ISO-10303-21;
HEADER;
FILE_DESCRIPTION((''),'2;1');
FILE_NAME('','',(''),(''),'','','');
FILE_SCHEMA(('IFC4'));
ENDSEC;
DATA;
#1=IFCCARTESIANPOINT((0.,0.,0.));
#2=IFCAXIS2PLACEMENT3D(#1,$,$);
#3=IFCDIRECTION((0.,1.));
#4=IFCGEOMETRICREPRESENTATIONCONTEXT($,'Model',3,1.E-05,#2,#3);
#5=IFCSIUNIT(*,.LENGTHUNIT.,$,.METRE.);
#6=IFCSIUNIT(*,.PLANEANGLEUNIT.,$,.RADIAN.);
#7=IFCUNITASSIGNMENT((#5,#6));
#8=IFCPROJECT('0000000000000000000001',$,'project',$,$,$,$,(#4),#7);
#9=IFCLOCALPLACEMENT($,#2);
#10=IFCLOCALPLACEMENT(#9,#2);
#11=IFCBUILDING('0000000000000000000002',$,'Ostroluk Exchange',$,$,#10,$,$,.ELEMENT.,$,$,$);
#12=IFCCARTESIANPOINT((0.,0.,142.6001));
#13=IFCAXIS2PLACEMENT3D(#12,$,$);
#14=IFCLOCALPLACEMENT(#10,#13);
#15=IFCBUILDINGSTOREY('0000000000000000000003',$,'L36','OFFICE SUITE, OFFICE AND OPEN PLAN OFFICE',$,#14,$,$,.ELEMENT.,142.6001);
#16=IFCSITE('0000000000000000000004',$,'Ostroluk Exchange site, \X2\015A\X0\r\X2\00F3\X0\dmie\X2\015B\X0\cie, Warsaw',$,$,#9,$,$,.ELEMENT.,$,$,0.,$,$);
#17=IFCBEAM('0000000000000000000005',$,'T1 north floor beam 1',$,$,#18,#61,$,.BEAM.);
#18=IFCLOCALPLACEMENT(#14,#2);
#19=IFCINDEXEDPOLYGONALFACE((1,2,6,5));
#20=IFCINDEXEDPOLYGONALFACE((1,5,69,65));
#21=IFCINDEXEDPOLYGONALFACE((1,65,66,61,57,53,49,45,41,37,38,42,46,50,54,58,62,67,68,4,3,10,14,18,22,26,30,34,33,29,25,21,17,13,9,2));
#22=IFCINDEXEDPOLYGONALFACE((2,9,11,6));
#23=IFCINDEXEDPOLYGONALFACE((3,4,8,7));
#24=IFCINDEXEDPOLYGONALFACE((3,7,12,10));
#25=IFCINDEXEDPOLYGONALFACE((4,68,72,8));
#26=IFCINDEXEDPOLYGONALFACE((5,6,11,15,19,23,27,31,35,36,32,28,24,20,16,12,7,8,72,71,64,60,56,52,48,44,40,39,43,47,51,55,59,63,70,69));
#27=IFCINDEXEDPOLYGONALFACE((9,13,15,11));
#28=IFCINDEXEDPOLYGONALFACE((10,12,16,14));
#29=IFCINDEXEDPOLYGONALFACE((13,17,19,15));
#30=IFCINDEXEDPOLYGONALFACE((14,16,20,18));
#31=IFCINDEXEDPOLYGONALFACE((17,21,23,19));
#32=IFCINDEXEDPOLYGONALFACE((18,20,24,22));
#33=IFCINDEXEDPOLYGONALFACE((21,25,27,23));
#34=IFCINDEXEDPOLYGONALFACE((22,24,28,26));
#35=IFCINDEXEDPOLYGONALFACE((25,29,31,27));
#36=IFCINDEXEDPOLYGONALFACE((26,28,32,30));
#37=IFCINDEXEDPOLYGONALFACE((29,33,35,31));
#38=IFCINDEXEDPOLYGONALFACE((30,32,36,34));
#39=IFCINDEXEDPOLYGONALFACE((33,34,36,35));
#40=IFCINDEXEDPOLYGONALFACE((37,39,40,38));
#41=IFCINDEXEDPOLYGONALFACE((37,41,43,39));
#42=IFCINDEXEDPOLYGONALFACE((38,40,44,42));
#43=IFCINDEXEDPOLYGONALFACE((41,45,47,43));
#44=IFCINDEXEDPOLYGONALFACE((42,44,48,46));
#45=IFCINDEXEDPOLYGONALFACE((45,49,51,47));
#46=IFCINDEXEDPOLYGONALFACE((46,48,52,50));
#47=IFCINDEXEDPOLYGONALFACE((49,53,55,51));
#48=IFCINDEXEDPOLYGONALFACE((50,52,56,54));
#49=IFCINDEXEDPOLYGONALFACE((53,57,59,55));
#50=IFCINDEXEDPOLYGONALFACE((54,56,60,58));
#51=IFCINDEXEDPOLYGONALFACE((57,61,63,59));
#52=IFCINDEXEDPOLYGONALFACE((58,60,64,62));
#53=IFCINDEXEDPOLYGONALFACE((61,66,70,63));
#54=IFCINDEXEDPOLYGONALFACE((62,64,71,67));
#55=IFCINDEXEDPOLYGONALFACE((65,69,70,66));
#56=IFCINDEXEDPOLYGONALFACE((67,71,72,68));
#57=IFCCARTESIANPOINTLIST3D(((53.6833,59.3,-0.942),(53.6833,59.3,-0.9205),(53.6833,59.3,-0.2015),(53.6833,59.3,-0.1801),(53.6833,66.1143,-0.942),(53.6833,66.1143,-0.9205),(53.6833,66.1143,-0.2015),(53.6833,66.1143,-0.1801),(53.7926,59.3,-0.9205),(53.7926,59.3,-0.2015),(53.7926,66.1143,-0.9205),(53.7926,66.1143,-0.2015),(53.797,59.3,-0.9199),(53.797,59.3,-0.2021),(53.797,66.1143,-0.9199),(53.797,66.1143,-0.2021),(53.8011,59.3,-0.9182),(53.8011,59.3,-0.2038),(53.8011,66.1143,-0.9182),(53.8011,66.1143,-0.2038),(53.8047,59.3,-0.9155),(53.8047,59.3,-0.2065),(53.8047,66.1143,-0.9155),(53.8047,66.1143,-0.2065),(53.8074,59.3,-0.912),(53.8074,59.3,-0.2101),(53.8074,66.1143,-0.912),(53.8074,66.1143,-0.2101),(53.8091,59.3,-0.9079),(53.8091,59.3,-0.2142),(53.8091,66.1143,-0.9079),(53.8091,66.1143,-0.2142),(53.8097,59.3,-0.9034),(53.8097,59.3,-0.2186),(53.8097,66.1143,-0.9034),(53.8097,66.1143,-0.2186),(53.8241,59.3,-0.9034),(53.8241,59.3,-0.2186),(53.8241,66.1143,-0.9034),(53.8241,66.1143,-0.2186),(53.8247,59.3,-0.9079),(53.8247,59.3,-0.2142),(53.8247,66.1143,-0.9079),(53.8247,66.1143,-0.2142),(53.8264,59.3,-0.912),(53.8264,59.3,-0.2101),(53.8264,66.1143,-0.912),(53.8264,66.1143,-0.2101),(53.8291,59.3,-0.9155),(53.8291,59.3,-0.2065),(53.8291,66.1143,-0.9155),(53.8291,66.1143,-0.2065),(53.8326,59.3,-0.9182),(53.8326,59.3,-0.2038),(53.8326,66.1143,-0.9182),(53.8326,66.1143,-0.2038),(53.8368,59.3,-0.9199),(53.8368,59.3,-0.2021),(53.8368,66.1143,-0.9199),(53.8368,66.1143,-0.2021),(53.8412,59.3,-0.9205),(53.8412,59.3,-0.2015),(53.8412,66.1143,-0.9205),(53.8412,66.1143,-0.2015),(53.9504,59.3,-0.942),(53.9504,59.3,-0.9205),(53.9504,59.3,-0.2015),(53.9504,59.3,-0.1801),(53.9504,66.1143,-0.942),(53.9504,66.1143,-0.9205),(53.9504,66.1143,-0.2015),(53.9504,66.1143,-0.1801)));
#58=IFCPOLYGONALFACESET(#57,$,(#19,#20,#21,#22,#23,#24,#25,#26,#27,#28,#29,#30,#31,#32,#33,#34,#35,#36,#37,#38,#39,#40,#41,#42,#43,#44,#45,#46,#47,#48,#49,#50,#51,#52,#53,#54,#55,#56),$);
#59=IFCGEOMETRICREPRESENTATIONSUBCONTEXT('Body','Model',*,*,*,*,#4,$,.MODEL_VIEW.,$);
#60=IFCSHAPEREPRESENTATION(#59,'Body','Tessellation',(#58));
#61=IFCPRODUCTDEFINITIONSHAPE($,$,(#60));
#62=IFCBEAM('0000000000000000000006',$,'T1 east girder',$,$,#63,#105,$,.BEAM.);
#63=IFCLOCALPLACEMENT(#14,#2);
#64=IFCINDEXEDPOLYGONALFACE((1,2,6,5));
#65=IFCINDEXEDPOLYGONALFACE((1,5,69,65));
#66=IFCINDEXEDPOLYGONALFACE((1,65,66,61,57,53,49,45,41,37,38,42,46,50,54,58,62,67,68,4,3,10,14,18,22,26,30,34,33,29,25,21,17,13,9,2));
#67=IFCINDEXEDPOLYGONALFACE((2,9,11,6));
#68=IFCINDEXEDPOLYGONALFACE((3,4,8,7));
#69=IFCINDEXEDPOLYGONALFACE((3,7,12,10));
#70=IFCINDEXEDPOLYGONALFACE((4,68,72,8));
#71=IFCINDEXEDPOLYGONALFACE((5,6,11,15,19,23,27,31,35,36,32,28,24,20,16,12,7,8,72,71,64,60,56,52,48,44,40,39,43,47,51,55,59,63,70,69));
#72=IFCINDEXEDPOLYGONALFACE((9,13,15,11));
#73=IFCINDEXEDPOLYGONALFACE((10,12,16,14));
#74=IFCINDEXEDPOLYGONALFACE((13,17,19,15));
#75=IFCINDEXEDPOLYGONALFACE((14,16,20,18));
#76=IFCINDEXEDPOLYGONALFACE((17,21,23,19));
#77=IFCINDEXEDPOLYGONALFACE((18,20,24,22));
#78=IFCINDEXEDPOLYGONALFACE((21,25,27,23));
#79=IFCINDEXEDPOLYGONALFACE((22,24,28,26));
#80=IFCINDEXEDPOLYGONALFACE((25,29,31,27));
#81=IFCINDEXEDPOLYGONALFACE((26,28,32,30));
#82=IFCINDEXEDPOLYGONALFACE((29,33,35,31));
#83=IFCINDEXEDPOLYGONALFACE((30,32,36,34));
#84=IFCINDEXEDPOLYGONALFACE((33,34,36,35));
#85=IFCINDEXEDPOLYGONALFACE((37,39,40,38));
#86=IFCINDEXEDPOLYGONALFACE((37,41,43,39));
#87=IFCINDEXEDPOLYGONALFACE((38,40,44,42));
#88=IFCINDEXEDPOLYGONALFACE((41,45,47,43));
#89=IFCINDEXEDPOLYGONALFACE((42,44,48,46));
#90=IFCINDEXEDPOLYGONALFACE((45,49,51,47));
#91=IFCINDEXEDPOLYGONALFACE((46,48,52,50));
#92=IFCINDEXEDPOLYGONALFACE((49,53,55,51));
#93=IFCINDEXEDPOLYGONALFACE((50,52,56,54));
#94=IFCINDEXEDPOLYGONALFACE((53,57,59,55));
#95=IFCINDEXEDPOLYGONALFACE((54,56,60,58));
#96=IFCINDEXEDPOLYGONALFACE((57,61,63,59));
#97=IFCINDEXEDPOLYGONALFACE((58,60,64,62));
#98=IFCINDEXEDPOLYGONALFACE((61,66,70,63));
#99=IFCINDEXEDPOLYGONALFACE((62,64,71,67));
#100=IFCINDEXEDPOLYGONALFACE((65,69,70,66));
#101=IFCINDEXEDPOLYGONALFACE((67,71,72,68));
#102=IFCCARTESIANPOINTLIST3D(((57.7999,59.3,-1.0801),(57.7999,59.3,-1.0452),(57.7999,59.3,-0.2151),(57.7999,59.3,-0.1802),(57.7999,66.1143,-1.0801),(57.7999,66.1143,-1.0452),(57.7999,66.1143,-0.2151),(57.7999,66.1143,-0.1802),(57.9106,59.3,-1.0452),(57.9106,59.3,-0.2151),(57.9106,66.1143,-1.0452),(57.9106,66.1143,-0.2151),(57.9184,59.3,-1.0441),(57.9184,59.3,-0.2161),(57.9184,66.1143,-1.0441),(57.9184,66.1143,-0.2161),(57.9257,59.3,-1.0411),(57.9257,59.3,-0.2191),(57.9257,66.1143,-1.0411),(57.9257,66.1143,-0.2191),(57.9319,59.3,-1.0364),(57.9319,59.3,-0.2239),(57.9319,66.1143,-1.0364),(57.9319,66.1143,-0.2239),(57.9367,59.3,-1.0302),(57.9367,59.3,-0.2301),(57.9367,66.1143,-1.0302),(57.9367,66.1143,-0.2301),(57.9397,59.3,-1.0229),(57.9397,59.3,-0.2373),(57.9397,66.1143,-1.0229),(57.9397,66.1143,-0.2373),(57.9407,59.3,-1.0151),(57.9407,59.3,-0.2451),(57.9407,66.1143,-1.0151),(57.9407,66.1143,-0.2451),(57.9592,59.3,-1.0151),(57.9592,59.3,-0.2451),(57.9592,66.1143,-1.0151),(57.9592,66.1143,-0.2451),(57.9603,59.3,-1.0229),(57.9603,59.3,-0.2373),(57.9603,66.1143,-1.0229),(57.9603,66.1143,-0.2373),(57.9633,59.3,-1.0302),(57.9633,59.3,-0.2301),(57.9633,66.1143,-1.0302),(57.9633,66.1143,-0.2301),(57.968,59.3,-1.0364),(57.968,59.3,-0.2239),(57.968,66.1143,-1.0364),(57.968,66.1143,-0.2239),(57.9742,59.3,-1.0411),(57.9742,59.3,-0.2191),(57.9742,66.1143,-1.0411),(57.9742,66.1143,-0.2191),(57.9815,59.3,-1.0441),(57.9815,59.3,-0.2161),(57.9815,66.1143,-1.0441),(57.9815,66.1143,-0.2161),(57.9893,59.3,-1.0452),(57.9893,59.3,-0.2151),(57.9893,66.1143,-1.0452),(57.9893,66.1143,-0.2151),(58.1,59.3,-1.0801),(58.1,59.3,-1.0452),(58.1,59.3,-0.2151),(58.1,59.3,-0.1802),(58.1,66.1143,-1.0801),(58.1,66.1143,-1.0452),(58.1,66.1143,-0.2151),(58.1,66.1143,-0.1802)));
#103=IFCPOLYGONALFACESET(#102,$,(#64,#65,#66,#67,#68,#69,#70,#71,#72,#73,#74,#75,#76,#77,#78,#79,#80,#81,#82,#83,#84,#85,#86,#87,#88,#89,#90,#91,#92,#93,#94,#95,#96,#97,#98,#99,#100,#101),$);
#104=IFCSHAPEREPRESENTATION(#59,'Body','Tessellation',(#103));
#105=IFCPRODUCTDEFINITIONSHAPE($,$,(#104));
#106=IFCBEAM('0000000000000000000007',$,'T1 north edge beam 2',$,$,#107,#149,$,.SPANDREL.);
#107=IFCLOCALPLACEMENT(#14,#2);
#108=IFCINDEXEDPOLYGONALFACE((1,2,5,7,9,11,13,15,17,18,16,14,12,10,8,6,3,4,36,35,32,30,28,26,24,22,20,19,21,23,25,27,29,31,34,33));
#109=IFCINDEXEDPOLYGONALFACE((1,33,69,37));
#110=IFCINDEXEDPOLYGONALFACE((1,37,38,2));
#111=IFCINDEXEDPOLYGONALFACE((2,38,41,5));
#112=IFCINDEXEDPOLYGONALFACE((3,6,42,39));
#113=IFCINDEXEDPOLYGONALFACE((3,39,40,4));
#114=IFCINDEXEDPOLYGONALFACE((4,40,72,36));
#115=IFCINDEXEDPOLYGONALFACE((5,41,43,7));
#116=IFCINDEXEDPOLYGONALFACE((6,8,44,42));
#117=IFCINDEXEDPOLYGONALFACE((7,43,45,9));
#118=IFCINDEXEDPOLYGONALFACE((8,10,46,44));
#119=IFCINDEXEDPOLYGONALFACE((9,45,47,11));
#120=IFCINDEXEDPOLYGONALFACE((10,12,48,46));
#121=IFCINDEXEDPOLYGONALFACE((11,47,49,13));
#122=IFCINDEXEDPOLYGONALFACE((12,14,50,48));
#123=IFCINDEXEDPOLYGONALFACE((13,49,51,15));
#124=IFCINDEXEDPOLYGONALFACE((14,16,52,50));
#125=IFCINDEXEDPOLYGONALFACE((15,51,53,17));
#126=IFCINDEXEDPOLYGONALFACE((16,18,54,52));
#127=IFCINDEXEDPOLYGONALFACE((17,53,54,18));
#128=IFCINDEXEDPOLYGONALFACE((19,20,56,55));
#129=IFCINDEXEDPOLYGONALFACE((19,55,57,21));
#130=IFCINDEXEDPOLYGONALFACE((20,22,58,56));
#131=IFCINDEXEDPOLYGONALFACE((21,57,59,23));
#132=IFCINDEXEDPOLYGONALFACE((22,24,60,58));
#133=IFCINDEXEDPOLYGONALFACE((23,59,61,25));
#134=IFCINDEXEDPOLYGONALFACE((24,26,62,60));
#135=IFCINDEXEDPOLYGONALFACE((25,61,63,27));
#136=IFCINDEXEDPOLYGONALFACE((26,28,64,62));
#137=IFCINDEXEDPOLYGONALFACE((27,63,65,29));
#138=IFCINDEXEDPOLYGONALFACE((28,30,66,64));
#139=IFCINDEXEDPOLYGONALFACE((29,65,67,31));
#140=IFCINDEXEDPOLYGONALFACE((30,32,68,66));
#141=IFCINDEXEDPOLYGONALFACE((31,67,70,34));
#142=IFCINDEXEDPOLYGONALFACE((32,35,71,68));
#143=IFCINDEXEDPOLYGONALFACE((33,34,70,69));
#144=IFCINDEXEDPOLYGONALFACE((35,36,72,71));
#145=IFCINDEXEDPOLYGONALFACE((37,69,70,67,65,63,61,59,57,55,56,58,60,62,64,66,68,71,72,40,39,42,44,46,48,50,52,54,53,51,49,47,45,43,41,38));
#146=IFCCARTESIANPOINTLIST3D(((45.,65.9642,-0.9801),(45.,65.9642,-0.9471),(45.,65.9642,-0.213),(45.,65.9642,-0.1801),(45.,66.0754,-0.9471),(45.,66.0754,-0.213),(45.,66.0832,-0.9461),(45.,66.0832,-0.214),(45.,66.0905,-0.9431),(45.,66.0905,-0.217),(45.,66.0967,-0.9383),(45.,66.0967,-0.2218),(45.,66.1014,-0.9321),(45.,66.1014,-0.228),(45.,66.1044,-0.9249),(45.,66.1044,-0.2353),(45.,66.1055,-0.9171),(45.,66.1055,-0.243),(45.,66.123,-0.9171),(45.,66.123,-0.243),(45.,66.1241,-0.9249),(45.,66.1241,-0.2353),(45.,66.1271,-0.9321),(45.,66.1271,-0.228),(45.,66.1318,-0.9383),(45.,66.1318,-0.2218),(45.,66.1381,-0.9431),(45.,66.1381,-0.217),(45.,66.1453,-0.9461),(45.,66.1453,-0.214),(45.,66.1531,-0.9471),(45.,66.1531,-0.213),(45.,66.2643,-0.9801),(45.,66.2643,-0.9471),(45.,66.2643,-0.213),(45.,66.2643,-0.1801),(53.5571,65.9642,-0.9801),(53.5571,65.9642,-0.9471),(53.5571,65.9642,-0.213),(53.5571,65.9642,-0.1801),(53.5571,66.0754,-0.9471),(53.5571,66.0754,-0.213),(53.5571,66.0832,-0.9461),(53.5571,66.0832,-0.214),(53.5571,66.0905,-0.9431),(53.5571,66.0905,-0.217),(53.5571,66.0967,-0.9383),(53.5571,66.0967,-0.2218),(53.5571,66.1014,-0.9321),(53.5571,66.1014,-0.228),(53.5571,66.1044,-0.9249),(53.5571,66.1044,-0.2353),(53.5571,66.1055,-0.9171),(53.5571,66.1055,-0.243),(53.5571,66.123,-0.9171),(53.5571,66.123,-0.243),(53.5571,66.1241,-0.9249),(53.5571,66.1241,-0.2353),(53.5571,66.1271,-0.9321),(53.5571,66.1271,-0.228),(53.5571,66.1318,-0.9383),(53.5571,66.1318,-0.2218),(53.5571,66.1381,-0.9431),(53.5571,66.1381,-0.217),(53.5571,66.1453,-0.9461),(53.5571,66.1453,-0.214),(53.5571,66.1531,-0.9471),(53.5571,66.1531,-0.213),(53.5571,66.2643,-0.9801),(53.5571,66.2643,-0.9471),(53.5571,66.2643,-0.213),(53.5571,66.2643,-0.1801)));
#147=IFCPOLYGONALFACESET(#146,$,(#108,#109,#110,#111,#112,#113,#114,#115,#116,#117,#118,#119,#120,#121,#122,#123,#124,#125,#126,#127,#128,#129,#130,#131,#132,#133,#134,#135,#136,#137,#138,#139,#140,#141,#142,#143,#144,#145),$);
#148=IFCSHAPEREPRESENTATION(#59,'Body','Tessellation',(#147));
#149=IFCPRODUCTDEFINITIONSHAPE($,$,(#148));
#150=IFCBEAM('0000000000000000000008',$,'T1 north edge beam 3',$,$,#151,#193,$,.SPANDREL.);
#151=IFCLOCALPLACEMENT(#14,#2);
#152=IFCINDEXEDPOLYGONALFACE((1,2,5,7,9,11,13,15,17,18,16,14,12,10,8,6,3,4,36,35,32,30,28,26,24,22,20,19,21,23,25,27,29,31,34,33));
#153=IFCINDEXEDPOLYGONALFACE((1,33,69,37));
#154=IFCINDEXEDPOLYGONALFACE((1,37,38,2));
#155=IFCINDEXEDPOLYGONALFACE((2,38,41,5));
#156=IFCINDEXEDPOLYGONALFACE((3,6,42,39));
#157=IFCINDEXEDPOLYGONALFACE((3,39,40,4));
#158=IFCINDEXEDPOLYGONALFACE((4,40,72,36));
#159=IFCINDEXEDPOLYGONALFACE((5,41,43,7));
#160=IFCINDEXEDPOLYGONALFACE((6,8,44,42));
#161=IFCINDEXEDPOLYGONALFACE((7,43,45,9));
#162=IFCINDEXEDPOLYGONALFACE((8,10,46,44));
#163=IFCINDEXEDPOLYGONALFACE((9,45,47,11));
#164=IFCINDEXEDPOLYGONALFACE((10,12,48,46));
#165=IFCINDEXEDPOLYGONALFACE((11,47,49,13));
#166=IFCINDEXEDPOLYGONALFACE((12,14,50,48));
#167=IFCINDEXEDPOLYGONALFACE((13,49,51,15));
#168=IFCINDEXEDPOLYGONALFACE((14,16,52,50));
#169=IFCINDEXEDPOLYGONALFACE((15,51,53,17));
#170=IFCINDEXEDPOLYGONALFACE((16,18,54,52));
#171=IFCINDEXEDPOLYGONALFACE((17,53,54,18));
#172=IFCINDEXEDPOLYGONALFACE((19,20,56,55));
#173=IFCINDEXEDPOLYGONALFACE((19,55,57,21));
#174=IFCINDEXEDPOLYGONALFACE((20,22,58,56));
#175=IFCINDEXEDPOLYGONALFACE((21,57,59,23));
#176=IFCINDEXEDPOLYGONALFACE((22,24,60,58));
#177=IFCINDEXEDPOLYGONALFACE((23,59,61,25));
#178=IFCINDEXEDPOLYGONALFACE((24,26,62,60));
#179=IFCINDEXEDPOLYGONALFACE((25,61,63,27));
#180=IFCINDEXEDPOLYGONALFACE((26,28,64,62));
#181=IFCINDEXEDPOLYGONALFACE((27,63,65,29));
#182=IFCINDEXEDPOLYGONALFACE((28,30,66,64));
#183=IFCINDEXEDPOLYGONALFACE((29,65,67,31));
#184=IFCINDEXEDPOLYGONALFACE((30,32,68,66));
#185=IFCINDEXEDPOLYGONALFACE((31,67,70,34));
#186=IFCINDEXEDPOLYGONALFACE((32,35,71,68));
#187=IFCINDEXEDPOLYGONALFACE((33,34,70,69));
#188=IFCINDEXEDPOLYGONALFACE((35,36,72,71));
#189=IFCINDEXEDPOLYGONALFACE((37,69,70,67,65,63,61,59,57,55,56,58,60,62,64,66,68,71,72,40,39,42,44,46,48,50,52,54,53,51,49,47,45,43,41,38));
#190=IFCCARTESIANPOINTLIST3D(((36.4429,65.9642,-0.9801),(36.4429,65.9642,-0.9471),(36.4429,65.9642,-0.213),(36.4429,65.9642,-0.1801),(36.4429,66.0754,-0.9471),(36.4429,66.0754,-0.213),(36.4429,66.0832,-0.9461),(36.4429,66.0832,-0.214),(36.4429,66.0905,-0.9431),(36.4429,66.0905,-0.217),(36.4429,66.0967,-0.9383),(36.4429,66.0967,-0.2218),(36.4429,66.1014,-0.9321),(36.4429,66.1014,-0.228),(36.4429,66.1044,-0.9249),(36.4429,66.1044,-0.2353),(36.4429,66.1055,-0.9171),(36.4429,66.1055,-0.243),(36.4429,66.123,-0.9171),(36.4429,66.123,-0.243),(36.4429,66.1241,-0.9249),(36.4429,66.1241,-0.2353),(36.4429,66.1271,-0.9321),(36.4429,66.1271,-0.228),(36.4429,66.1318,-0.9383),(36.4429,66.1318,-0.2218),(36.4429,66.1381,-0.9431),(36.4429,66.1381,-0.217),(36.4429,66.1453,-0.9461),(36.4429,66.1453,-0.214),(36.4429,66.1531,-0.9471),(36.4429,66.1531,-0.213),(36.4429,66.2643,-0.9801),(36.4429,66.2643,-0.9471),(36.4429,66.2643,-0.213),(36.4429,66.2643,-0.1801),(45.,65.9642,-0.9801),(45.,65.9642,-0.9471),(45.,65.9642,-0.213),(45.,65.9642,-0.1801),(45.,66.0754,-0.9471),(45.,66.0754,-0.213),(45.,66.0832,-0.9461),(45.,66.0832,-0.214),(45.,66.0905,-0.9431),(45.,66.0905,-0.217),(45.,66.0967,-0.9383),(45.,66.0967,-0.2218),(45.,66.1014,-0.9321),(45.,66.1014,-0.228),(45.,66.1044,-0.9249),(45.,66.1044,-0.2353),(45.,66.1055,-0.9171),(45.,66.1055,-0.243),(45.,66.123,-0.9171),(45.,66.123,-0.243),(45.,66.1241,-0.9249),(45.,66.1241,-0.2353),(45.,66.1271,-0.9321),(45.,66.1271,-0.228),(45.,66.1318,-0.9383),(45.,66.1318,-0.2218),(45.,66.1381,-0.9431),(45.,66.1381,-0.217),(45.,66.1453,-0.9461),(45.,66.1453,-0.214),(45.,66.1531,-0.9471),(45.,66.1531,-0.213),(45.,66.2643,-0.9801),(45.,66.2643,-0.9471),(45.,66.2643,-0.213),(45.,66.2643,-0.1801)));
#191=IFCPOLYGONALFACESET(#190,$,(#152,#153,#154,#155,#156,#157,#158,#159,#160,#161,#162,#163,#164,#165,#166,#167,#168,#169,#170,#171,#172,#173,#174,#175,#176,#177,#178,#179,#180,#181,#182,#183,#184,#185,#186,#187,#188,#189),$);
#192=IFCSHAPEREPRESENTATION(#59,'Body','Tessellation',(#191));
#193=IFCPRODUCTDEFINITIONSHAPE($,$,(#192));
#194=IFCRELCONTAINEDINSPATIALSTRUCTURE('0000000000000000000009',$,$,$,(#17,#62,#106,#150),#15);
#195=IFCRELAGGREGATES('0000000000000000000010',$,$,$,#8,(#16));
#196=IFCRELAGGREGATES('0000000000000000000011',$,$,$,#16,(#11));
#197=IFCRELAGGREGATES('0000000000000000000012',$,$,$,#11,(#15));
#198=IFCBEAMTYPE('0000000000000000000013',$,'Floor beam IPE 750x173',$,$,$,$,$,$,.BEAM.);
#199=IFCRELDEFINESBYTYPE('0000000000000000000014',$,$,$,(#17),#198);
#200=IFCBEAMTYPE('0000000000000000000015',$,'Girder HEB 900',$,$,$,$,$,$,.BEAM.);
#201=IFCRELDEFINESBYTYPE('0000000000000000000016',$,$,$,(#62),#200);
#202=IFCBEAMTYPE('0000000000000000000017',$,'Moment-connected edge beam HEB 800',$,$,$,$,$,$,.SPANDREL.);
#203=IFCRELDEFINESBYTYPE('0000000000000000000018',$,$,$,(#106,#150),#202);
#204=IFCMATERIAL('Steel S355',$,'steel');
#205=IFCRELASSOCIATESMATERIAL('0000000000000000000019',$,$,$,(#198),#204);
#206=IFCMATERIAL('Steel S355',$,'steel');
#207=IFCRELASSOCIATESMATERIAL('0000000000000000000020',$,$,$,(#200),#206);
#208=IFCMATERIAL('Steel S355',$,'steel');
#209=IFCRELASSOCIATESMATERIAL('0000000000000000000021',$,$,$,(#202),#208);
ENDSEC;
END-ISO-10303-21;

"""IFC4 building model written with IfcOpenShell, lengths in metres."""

from ifc_helpers import new_model, si_unit, direction, frame, origin, origin_2d, place, context, subcontext, project, spatial, i_section, extrude, material, material_profile, profile_set, type_object, element, save


model = new_model("IFC4")

# Units and contexts
model_context = context("Model", 3, precision=1e-05, world=origin(), true_north=direction((0.0, 1.0)))
body_context = subcontext(model_context, "Body", "Model", "MODEL_VIEW")
ifc_project = project(units=[si_unit("LENGTHUNIT", "METRE"), si_unit("PLANEANGLEUNIT", "RADIAN")], contexts=[model_context])

# Site, building, storey
site_placement = place(None, origin())
site = spatial("IfcSite", under=ifc_project, at=site_placement, Name="Ostroluk Exchange site, Śródmieście, Warsaw", CompositionType="ELEMENT", RefElevation=0.0)
building_placement = place(site_placement, origin())
building = spatial("IfcBuilding", under=site, at=building_placement, Name="Ostroluk Exchange", CompositionType="ELEMENT")
storey_placement = place(building_placement, frame((0.0, 0.0, 142.6001)))
storey = spatial("IfcBuildingStorey", under=building, at=storey_placement, Name="L36", Description="OFFICE SUITE, OFFICE AND OPEN PLAN OFFICE", CompositionType="ELEMENT", Elevation=142.6001)

# Beams
ifc_material_1 = material(Name="Steel S355", Category="steel")
ifc_material_profile_1 = material_profile(ifc_material_1, i_section(OverallWidth=0.2671, OverallDepth=0.762, WebThickness=0.0144, FlangeThickness=0.0215, FilletRadius=0.0171, at=origin_2d()), Name="IPE 750x173")
ifc_profile_set_1 = profile_set([ifc_material_profile_1], Name="Steel S355")
beam_type_1 = type_object("IfcBeamType", Name="Floor beam IPE 750x173", PredefinedType="BEAM", material=ifc_profile_set_1)
beam_1_placement = place(storey_placement, frame((53.8169, 59.3, -0.561), z_axis=(0.0, 1.0, 0.0), x_axis=(-1.0, 0.0, 0.0)))
element("IfcBeam", 1, at=beam_1_placement, inside=storey, type_object=beam_type_1, Name="T1 north floor beam 1", PredefinedType="BEAM", context=body_context, shape_type="SweptSolid", body=[
    extrude(i_section(OverallWidth=0.2671, OverallDepth=0.762, WebThickness=0.0144, FlangeThickness=0.0215, FilletRadius=0.0171, at=origin_2d()), origin(), (0.0, 0.0, 1.0), 6.8142),
])
ifc_material_2 = material(Name="Steel S355", Category="steel")
ifc_material_profile_2 = material_profile(ifc_material_2, i_section(OverallWidth=0.3, OverallDepth=0.8999, WebThickness=0.0186, FlangeThickness=0.0349, FilletRadius=0.03, at=origin_2d()), Name="HEB 900")
ifc_profile_set_2 = profile_set([ifc_material_profile_2], Name="Steel S355")
beam_type_2 = type_object("IfcBeamType", Name="Girder HEB 900", PredefinedType="BEAM", material=ifc_profile_set_2)
beam_2_placement = place(storey_placement, frame((57.95, 59.3, -0.6301), z_axis=(0.0, 1.0, 0.0), x_axis=(-1.0, 0.0, 0.0)))
element("IfcBeam", 2, at=beam_2_placement, inside=storey, type_object=beam_type_2, Name="T1 east girder", PredefinedType="BEAM", context=body_context, shape_type="SweptSolid", body=[
    extrude(i_section(OverallWidth=0.3, OverallDepth=0.8999, WebThickness=0.0186, FlangeThickness=0.0349, FilletRadius=0.03, at=origin_2d()), origin(), (0.0, 0.0, 1.0), 6.8142),
])
ifc_material_3 = material(Name="Steel S355", Category="steel")
ifc_material_profile_3 = material_profile(ifc_material_3, i_section(OverallWidth=0.3, OverallDepth=0.8, WebThickness=0.0176, FlangeThickness=0.033, FilletRadius=0.03, at=origin_2d()), Name="HEB 800")
ifc_profile_set_3 = profile_set([ifc_material_profile_3], Name="Steel S355")
beam_type_3 = type_object("IfcBeamType", Name="Moment-connected edge beam HEB 800", PredefinedType="SPANDREL", material=ifc_profile_set_3)
for number, where, z_axis, x_axis, name in (
    (3, (53.5571, 66.1143, -0.5801), (-1.0, 0.0, 0.0), (0.0, -1.0, 0.0), "T1 north edge beam 2"),
    (4, (45.0, 66.1143, -0.5801), (-1.0, 0.0, 0.0), (0.0, -1.0, 0.0), "T1 north edge beam 3"),
):
    element("IfcBeam", number, at=place(storey_placement, frame(where, z_axis=z_axis, x_axis=x_axis)), inside=storey, type_object=beam_type_3, Name=name, PredefinedType="SPANDREL", context=body_context, shape_type="SweptSolid", body=[
        extrude(i_section(OverallWidth=0.3, OverallDepth=0.8, WebThickness=0.0176, FlangeThickness=0.033, FilletRadius=0.03, at=origin_2d()), origin(), (0.0, 0.0, 1.0), 8.5571),
    ])

save(model, "model.ifc")
